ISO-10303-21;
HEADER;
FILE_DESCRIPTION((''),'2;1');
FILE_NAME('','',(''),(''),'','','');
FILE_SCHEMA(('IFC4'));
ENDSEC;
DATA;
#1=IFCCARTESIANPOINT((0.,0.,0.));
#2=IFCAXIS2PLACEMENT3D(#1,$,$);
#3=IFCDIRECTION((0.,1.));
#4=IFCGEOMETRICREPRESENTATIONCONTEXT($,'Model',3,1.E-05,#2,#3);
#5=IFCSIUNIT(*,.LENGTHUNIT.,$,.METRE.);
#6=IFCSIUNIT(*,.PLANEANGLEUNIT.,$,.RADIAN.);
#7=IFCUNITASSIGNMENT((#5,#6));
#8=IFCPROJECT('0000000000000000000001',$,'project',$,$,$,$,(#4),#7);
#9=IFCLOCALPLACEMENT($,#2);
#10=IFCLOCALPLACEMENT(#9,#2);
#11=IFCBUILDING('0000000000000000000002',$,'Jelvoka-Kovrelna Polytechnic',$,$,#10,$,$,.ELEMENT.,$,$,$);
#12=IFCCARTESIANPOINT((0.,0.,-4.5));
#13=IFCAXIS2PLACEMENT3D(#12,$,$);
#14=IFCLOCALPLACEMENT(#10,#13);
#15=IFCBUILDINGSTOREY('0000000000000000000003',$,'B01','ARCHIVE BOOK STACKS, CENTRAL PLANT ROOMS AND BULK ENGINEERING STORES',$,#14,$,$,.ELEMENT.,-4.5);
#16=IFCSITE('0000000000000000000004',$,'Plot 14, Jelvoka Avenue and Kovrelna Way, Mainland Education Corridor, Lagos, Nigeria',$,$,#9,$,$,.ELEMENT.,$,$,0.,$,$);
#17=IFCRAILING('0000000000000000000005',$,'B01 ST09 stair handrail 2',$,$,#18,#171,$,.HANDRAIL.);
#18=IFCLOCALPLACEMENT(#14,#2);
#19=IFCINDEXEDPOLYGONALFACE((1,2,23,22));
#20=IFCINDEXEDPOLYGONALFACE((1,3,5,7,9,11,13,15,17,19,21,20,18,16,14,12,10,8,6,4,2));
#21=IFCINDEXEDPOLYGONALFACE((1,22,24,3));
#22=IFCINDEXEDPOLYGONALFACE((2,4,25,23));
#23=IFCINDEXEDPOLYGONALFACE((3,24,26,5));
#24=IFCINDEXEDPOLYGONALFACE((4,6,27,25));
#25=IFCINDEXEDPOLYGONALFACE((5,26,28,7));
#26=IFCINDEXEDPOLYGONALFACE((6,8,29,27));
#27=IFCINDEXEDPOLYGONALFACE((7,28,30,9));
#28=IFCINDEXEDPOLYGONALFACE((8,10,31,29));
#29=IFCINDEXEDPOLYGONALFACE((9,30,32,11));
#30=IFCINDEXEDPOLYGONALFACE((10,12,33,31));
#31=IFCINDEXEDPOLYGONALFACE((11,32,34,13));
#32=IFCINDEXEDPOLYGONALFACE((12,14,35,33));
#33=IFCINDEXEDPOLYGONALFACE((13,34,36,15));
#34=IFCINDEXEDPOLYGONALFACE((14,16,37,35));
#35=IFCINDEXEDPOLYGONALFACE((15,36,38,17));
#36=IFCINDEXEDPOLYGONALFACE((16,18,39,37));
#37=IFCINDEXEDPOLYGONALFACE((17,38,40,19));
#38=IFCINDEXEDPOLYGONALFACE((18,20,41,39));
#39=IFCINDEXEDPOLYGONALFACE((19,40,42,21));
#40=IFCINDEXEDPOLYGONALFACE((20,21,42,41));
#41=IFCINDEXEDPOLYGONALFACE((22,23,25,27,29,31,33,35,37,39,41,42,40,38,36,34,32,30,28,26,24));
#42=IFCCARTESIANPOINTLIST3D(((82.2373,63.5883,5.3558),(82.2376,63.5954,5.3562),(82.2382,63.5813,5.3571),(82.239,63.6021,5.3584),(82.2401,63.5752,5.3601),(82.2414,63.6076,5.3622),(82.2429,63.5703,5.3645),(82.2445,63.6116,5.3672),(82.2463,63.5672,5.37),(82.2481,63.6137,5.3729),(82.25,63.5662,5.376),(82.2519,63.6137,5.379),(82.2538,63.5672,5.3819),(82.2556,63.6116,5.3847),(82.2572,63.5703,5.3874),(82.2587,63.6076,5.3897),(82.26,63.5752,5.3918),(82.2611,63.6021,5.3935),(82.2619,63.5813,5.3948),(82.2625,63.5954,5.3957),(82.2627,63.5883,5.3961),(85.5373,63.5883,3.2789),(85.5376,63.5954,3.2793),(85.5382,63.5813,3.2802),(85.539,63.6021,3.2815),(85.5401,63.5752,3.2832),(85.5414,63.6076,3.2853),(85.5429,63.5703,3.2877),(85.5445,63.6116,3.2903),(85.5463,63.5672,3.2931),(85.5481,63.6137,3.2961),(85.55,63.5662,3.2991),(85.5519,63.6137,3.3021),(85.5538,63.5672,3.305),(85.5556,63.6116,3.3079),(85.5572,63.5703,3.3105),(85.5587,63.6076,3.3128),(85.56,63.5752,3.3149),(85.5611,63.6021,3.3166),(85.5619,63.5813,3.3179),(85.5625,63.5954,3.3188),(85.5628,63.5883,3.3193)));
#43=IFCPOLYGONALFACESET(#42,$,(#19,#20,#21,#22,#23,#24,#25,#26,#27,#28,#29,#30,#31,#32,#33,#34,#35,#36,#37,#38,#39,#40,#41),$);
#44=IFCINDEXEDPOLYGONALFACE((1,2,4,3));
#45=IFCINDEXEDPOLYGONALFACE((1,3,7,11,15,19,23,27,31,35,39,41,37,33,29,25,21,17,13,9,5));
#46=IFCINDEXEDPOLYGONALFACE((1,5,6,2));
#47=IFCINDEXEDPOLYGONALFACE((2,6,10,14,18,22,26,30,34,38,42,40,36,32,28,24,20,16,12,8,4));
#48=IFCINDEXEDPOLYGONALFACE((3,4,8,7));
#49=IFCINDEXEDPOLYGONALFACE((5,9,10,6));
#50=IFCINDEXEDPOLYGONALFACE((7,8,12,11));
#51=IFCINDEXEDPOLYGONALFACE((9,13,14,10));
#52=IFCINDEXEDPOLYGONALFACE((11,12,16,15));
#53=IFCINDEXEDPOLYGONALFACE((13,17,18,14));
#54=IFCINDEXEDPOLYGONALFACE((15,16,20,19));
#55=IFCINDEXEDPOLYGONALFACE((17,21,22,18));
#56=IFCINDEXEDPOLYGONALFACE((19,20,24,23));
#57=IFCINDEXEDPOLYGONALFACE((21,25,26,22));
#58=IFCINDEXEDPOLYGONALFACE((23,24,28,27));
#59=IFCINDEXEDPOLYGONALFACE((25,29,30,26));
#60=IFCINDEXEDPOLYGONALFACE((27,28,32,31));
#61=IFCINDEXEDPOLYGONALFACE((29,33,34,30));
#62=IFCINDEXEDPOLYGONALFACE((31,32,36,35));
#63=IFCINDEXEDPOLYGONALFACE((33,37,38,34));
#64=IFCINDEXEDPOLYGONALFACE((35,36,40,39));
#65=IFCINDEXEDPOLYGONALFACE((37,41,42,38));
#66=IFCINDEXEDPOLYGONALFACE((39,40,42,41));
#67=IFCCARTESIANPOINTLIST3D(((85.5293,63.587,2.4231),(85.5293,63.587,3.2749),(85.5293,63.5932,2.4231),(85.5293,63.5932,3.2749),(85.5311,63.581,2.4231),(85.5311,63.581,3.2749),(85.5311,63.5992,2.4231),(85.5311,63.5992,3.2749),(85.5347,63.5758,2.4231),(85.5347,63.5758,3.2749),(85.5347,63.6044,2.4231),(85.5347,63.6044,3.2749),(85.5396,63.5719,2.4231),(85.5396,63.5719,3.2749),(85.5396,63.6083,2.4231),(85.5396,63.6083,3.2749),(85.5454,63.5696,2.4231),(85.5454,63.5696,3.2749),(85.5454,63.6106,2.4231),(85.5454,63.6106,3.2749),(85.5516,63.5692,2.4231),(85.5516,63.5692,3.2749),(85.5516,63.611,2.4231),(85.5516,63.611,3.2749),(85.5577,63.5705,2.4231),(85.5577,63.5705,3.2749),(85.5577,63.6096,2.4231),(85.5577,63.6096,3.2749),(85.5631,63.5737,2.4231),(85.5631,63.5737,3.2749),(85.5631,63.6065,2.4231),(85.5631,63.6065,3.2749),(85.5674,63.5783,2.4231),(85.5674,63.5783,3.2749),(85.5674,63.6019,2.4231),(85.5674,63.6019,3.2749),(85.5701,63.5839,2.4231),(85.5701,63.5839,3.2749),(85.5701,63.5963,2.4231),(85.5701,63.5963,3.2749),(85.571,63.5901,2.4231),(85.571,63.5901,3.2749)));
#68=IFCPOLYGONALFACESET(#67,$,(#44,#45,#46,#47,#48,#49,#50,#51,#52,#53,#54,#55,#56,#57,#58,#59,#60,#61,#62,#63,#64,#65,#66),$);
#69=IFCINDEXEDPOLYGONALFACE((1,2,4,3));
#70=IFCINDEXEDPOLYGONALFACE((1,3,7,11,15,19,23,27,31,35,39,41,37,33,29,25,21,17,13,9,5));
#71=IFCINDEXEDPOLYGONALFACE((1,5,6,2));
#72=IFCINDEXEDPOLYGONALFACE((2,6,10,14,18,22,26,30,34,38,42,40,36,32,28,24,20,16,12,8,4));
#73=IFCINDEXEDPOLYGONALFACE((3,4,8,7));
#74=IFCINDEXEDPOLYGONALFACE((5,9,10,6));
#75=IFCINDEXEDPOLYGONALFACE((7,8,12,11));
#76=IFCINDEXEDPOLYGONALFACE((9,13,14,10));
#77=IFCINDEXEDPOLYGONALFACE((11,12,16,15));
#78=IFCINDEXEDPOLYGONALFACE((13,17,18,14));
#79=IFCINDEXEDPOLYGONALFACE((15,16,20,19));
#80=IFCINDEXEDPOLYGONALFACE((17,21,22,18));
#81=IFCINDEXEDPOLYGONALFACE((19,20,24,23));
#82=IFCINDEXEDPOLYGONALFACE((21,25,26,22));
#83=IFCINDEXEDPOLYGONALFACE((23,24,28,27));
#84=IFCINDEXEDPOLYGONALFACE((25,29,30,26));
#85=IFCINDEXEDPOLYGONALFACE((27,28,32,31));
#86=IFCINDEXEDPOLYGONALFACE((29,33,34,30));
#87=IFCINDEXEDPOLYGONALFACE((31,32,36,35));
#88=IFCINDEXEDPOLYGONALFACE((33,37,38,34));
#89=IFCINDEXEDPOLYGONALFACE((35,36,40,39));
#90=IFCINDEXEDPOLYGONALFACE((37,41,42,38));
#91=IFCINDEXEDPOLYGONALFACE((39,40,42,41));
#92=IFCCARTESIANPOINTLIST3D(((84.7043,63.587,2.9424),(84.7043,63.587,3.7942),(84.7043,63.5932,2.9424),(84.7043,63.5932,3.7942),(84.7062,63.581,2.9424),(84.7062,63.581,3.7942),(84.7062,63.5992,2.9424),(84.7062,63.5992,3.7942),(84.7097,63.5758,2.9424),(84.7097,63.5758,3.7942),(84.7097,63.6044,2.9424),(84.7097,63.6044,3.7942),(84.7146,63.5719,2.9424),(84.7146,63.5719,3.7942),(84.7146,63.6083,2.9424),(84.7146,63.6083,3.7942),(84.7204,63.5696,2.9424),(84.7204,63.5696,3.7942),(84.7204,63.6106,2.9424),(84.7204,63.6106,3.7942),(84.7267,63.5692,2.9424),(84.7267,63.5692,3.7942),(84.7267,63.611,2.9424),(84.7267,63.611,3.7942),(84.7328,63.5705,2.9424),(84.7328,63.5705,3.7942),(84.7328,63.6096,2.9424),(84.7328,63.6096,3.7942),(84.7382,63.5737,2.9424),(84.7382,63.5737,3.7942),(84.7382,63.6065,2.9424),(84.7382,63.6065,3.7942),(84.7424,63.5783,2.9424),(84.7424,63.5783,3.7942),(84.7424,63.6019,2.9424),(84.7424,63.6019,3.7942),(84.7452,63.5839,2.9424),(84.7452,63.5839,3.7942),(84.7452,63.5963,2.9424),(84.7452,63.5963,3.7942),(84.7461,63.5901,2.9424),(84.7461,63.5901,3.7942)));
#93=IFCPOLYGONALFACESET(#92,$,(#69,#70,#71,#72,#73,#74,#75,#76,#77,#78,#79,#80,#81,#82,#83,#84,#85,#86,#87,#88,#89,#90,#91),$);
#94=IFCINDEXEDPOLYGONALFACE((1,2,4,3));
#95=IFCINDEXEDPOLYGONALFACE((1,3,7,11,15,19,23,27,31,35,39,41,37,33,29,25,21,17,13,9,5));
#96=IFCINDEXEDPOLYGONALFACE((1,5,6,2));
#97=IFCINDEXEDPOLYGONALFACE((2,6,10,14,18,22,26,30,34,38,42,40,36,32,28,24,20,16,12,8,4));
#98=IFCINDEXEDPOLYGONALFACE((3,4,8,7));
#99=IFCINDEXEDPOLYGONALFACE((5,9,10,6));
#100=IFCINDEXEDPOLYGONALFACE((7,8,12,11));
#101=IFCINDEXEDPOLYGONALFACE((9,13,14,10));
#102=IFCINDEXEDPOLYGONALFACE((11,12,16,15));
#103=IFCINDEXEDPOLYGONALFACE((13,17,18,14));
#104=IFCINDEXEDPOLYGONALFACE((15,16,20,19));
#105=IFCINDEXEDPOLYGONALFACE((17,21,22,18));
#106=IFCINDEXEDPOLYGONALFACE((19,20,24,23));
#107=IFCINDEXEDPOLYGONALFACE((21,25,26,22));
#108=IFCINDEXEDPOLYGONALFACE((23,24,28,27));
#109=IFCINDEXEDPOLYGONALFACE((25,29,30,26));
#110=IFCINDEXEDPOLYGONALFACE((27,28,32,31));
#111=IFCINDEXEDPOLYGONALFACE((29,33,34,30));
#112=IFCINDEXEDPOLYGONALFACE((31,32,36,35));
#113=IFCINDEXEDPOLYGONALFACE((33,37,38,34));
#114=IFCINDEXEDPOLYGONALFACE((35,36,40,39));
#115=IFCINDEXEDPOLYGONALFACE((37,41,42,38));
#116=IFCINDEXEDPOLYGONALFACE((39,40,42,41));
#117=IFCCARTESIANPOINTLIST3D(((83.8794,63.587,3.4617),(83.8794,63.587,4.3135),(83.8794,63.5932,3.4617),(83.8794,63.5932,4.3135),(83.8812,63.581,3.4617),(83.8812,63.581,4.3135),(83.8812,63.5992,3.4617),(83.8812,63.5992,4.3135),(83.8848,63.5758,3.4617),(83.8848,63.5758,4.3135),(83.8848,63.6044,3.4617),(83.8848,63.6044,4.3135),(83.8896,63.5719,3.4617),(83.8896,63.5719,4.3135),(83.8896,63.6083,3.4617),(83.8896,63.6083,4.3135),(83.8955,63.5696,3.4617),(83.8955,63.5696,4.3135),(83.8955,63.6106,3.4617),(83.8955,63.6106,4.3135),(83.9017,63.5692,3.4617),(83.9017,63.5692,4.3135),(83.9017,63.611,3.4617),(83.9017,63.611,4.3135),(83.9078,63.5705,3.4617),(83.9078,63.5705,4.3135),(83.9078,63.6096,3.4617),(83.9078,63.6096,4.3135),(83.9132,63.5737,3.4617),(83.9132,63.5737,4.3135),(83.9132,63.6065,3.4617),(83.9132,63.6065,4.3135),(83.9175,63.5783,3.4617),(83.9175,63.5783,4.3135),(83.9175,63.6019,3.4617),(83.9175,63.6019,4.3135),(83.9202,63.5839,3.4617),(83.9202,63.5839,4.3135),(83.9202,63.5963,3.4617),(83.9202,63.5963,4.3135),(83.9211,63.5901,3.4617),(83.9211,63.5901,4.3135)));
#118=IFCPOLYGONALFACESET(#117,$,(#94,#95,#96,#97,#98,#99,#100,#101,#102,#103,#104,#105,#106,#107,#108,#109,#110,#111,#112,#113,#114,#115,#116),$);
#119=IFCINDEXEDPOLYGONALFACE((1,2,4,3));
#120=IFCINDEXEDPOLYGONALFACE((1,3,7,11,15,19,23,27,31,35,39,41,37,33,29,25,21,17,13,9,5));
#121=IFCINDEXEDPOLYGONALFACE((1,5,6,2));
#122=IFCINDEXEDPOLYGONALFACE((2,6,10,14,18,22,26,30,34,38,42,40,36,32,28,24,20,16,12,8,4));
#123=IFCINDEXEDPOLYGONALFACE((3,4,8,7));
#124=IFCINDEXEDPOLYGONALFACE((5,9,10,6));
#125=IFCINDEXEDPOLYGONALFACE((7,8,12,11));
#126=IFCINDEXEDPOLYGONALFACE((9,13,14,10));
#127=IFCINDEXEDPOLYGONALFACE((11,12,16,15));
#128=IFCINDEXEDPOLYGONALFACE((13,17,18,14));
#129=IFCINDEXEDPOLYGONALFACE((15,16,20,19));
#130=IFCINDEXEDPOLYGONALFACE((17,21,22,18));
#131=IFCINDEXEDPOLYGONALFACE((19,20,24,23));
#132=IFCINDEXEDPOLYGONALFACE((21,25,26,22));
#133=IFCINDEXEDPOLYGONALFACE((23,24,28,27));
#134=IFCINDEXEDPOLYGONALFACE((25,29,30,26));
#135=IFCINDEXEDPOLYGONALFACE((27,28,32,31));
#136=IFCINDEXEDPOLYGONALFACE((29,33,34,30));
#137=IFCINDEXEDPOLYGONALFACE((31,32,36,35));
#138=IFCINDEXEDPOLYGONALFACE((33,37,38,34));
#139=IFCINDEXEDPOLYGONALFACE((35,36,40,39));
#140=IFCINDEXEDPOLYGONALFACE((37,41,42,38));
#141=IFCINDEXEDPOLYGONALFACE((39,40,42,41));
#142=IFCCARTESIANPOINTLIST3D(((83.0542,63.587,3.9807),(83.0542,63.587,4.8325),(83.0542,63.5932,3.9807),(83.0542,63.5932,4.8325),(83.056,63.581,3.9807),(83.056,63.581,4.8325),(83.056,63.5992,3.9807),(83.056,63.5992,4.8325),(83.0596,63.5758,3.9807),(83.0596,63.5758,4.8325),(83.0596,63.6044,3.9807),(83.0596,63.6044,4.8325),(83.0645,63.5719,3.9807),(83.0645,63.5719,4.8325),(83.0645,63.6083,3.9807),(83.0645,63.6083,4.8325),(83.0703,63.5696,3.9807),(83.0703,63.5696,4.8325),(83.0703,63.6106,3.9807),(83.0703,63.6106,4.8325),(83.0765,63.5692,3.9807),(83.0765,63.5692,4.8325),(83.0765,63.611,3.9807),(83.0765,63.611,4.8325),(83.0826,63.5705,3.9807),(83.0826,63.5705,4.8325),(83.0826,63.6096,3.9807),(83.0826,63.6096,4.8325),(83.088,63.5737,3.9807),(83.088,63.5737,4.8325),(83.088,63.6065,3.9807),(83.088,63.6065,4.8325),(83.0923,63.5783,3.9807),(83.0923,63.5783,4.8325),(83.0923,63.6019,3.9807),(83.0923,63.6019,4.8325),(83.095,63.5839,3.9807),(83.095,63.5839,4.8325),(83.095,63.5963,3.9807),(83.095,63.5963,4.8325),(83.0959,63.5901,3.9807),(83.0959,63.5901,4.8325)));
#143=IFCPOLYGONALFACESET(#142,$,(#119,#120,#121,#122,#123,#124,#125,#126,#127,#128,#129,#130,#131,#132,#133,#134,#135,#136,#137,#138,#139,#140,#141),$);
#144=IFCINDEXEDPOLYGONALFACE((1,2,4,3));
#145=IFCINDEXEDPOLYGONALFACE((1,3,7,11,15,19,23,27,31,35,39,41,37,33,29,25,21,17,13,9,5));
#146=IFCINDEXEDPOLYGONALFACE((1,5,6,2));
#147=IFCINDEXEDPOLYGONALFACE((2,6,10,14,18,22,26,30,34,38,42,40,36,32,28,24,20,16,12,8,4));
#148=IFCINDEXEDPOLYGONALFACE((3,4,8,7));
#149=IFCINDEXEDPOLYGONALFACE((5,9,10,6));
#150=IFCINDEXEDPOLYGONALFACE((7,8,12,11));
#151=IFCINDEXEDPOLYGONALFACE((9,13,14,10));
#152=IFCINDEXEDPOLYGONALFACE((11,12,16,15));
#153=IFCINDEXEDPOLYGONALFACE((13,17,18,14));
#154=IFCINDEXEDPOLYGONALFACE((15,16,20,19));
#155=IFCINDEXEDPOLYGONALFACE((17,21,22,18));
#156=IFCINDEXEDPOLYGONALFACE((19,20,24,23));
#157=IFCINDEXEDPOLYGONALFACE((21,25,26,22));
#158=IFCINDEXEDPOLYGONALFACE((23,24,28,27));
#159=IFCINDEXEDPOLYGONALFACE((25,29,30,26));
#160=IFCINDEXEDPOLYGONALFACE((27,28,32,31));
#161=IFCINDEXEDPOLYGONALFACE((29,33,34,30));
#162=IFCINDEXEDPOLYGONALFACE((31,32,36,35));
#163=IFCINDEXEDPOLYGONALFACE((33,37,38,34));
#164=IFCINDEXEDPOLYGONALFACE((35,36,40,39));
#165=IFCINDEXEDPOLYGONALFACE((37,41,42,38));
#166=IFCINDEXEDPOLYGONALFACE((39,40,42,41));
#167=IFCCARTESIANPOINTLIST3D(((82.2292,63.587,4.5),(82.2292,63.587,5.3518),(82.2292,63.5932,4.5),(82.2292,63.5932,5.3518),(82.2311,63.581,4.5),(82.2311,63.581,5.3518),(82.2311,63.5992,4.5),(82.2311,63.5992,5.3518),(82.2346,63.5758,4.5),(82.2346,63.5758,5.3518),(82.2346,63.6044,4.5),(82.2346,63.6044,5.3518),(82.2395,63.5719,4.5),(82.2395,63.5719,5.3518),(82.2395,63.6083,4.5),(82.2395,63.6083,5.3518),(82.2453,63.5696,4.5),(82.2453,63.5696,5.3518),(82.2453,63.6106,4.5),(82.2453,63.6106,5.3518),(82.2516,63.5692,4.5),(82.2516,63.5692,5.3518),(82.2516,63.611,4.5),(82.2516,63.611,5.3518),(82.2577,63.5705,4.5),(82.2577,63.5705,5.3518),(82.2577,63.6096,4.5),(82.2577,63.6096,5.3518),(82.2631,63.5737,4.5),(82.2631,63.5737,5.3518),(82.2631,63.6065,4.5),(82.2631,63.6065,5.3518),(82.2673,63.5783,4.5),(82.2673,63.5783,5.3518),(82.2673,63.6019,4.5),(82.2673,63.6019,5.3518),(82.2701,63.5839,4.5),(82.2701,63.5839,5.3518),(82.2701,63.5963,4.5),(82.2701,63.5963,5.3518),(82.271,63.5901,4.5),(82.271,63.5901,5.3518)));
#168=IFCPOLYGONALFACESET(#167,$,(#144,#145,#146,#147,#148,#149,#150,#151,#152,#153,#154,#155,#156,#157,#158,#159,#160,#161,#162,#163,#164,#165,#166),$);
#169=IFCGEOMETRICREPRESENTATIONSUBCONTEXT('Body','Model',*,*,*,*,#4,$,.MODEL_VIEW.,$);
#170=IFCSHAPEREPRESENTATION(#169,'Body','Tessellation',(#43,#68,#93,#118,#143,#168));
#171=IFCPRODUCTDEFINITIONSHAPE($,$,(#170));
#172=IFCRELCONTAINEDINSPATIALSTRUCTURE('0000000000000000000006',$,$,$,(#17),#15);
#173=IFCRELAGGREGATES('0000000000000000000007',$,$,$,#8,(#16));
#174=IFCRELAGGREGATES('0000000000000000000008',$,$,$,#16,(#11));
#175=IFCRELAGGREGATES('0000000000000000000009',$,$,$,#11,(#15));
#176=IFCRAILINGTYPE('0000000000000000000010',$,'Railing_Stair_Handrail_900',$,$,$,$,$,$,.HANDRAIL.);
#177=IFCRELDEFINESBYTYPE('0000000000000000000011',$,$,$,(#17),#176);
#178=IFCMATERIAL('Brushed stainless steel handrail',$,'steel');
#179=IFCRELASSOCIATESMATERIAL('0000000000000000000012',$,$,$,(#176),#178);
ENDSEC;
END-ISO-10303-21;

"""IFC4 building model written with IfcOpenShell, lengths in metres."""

from ifc_helpers import new_model, si_unit, direction, frame, origin, origin_2d, place, context, subcontext, project, spatial, circle, extrude, material, type_object, element, save


model = new_model("IFC4")

# Units and contexts
model_context = context("Model", 3, precision=1e-05, world=origin(), true_north=direction((0.0, 1.0)))
body_context = subcontext(model_context, "Body", "Model", "MODEL_VIEW")
ifc_project = project(units=[si_unit("LENGTHUNIT", "METRE"), si_unit("PLANEANGLEUNIT", "RADIAN")], contexts=[model_context])

# Site, building, storey
site_placement = place(None, origin())
site = spatial("IfcSite", under=ifc_project, at=site_placement, Name="Plot 14, Jelvoka Avenue and Kovrelna Way, Mainland Education Corridor, Lagos, Nigeria", CompositionType="ELEMENT", RefElevation=0.0)
building_placement = place(site_placement, origin())
building = spatial("IfcBuilding", under=site, at=building_placement, Name="Jelvoka-Kovrelna Polytechnic", CompositionType="ELEMENT")
storey_placement = place(building_placement, frame((0.0, 0.0, -4.5)))
storey = spatial("IfcBuildingStorey", under=building, at=storey_placement, Name="B01", Description="ARCHIVE BOOK STACKS, CENTRAL PLANT ROOMS AND BULK ENGINEERING STORES", CompositionType="ELEMENT", Elevation=-4.5)

# Railing
ifc_material_1 = material(Name="Brushed stainless steel handrail", Category="steel")
railing_type_1 = type_object("IfcRailingType", Name="Railing_Stair_Handrail_900", PredefinedType="HANDRAIL", material=ifc_material_1)
railing_1_placement = place(storey_placement, frame((85.55, 63.5901, 2.4231)))
element("IfcRailing", 1, at=railing_1_placement, inside=storey, type_object=railing_type_1, Name="B01 ST09 stair handrail 2", PredefinedType="HANDRAIL", context=body_context, shape_type="SweptSolid", body=[
    extrude(circle(Radius=0.0239, at=origin_2d()), frame((0.0, 0.0, 0.876), z_axis=(-0.846337, 0.0, 0.532647), x_axis=(0.0, -1.0, 0.0)), (0.0, 0.0, 1.0), 3.8992),
    extrude(circle(Radius=0.021, at=origin_2d()), origin(), (0.0, 0.0, 1.0), 0.8518),
    extrude(circle(Radius=0.021, at=origin_2d()), frame((-0.825, 0.0, 0.5193)), (0.0, 0.0, 1.0), 0.8518),
    extrude(circle(Radius=0.021, at=origin_2d()), frame((-1.6499, 0.0, 1.0386)), (0.0, 0.0, 1.0), 0.8518),
    extrude(circle(Radius=0.021, at=origin_2d()), frame((-2.4751, 0.0, 1.5576)), (0.0, 0.0, 1.0), 0.8518),
    extrude(circle(Radius=0.021, at=origin_2d()), frame((-3.3, 0.0, 2.0769)), (0.0, 0.0, 1.0), 0.8518),
])

save(model, "model.ifc")
